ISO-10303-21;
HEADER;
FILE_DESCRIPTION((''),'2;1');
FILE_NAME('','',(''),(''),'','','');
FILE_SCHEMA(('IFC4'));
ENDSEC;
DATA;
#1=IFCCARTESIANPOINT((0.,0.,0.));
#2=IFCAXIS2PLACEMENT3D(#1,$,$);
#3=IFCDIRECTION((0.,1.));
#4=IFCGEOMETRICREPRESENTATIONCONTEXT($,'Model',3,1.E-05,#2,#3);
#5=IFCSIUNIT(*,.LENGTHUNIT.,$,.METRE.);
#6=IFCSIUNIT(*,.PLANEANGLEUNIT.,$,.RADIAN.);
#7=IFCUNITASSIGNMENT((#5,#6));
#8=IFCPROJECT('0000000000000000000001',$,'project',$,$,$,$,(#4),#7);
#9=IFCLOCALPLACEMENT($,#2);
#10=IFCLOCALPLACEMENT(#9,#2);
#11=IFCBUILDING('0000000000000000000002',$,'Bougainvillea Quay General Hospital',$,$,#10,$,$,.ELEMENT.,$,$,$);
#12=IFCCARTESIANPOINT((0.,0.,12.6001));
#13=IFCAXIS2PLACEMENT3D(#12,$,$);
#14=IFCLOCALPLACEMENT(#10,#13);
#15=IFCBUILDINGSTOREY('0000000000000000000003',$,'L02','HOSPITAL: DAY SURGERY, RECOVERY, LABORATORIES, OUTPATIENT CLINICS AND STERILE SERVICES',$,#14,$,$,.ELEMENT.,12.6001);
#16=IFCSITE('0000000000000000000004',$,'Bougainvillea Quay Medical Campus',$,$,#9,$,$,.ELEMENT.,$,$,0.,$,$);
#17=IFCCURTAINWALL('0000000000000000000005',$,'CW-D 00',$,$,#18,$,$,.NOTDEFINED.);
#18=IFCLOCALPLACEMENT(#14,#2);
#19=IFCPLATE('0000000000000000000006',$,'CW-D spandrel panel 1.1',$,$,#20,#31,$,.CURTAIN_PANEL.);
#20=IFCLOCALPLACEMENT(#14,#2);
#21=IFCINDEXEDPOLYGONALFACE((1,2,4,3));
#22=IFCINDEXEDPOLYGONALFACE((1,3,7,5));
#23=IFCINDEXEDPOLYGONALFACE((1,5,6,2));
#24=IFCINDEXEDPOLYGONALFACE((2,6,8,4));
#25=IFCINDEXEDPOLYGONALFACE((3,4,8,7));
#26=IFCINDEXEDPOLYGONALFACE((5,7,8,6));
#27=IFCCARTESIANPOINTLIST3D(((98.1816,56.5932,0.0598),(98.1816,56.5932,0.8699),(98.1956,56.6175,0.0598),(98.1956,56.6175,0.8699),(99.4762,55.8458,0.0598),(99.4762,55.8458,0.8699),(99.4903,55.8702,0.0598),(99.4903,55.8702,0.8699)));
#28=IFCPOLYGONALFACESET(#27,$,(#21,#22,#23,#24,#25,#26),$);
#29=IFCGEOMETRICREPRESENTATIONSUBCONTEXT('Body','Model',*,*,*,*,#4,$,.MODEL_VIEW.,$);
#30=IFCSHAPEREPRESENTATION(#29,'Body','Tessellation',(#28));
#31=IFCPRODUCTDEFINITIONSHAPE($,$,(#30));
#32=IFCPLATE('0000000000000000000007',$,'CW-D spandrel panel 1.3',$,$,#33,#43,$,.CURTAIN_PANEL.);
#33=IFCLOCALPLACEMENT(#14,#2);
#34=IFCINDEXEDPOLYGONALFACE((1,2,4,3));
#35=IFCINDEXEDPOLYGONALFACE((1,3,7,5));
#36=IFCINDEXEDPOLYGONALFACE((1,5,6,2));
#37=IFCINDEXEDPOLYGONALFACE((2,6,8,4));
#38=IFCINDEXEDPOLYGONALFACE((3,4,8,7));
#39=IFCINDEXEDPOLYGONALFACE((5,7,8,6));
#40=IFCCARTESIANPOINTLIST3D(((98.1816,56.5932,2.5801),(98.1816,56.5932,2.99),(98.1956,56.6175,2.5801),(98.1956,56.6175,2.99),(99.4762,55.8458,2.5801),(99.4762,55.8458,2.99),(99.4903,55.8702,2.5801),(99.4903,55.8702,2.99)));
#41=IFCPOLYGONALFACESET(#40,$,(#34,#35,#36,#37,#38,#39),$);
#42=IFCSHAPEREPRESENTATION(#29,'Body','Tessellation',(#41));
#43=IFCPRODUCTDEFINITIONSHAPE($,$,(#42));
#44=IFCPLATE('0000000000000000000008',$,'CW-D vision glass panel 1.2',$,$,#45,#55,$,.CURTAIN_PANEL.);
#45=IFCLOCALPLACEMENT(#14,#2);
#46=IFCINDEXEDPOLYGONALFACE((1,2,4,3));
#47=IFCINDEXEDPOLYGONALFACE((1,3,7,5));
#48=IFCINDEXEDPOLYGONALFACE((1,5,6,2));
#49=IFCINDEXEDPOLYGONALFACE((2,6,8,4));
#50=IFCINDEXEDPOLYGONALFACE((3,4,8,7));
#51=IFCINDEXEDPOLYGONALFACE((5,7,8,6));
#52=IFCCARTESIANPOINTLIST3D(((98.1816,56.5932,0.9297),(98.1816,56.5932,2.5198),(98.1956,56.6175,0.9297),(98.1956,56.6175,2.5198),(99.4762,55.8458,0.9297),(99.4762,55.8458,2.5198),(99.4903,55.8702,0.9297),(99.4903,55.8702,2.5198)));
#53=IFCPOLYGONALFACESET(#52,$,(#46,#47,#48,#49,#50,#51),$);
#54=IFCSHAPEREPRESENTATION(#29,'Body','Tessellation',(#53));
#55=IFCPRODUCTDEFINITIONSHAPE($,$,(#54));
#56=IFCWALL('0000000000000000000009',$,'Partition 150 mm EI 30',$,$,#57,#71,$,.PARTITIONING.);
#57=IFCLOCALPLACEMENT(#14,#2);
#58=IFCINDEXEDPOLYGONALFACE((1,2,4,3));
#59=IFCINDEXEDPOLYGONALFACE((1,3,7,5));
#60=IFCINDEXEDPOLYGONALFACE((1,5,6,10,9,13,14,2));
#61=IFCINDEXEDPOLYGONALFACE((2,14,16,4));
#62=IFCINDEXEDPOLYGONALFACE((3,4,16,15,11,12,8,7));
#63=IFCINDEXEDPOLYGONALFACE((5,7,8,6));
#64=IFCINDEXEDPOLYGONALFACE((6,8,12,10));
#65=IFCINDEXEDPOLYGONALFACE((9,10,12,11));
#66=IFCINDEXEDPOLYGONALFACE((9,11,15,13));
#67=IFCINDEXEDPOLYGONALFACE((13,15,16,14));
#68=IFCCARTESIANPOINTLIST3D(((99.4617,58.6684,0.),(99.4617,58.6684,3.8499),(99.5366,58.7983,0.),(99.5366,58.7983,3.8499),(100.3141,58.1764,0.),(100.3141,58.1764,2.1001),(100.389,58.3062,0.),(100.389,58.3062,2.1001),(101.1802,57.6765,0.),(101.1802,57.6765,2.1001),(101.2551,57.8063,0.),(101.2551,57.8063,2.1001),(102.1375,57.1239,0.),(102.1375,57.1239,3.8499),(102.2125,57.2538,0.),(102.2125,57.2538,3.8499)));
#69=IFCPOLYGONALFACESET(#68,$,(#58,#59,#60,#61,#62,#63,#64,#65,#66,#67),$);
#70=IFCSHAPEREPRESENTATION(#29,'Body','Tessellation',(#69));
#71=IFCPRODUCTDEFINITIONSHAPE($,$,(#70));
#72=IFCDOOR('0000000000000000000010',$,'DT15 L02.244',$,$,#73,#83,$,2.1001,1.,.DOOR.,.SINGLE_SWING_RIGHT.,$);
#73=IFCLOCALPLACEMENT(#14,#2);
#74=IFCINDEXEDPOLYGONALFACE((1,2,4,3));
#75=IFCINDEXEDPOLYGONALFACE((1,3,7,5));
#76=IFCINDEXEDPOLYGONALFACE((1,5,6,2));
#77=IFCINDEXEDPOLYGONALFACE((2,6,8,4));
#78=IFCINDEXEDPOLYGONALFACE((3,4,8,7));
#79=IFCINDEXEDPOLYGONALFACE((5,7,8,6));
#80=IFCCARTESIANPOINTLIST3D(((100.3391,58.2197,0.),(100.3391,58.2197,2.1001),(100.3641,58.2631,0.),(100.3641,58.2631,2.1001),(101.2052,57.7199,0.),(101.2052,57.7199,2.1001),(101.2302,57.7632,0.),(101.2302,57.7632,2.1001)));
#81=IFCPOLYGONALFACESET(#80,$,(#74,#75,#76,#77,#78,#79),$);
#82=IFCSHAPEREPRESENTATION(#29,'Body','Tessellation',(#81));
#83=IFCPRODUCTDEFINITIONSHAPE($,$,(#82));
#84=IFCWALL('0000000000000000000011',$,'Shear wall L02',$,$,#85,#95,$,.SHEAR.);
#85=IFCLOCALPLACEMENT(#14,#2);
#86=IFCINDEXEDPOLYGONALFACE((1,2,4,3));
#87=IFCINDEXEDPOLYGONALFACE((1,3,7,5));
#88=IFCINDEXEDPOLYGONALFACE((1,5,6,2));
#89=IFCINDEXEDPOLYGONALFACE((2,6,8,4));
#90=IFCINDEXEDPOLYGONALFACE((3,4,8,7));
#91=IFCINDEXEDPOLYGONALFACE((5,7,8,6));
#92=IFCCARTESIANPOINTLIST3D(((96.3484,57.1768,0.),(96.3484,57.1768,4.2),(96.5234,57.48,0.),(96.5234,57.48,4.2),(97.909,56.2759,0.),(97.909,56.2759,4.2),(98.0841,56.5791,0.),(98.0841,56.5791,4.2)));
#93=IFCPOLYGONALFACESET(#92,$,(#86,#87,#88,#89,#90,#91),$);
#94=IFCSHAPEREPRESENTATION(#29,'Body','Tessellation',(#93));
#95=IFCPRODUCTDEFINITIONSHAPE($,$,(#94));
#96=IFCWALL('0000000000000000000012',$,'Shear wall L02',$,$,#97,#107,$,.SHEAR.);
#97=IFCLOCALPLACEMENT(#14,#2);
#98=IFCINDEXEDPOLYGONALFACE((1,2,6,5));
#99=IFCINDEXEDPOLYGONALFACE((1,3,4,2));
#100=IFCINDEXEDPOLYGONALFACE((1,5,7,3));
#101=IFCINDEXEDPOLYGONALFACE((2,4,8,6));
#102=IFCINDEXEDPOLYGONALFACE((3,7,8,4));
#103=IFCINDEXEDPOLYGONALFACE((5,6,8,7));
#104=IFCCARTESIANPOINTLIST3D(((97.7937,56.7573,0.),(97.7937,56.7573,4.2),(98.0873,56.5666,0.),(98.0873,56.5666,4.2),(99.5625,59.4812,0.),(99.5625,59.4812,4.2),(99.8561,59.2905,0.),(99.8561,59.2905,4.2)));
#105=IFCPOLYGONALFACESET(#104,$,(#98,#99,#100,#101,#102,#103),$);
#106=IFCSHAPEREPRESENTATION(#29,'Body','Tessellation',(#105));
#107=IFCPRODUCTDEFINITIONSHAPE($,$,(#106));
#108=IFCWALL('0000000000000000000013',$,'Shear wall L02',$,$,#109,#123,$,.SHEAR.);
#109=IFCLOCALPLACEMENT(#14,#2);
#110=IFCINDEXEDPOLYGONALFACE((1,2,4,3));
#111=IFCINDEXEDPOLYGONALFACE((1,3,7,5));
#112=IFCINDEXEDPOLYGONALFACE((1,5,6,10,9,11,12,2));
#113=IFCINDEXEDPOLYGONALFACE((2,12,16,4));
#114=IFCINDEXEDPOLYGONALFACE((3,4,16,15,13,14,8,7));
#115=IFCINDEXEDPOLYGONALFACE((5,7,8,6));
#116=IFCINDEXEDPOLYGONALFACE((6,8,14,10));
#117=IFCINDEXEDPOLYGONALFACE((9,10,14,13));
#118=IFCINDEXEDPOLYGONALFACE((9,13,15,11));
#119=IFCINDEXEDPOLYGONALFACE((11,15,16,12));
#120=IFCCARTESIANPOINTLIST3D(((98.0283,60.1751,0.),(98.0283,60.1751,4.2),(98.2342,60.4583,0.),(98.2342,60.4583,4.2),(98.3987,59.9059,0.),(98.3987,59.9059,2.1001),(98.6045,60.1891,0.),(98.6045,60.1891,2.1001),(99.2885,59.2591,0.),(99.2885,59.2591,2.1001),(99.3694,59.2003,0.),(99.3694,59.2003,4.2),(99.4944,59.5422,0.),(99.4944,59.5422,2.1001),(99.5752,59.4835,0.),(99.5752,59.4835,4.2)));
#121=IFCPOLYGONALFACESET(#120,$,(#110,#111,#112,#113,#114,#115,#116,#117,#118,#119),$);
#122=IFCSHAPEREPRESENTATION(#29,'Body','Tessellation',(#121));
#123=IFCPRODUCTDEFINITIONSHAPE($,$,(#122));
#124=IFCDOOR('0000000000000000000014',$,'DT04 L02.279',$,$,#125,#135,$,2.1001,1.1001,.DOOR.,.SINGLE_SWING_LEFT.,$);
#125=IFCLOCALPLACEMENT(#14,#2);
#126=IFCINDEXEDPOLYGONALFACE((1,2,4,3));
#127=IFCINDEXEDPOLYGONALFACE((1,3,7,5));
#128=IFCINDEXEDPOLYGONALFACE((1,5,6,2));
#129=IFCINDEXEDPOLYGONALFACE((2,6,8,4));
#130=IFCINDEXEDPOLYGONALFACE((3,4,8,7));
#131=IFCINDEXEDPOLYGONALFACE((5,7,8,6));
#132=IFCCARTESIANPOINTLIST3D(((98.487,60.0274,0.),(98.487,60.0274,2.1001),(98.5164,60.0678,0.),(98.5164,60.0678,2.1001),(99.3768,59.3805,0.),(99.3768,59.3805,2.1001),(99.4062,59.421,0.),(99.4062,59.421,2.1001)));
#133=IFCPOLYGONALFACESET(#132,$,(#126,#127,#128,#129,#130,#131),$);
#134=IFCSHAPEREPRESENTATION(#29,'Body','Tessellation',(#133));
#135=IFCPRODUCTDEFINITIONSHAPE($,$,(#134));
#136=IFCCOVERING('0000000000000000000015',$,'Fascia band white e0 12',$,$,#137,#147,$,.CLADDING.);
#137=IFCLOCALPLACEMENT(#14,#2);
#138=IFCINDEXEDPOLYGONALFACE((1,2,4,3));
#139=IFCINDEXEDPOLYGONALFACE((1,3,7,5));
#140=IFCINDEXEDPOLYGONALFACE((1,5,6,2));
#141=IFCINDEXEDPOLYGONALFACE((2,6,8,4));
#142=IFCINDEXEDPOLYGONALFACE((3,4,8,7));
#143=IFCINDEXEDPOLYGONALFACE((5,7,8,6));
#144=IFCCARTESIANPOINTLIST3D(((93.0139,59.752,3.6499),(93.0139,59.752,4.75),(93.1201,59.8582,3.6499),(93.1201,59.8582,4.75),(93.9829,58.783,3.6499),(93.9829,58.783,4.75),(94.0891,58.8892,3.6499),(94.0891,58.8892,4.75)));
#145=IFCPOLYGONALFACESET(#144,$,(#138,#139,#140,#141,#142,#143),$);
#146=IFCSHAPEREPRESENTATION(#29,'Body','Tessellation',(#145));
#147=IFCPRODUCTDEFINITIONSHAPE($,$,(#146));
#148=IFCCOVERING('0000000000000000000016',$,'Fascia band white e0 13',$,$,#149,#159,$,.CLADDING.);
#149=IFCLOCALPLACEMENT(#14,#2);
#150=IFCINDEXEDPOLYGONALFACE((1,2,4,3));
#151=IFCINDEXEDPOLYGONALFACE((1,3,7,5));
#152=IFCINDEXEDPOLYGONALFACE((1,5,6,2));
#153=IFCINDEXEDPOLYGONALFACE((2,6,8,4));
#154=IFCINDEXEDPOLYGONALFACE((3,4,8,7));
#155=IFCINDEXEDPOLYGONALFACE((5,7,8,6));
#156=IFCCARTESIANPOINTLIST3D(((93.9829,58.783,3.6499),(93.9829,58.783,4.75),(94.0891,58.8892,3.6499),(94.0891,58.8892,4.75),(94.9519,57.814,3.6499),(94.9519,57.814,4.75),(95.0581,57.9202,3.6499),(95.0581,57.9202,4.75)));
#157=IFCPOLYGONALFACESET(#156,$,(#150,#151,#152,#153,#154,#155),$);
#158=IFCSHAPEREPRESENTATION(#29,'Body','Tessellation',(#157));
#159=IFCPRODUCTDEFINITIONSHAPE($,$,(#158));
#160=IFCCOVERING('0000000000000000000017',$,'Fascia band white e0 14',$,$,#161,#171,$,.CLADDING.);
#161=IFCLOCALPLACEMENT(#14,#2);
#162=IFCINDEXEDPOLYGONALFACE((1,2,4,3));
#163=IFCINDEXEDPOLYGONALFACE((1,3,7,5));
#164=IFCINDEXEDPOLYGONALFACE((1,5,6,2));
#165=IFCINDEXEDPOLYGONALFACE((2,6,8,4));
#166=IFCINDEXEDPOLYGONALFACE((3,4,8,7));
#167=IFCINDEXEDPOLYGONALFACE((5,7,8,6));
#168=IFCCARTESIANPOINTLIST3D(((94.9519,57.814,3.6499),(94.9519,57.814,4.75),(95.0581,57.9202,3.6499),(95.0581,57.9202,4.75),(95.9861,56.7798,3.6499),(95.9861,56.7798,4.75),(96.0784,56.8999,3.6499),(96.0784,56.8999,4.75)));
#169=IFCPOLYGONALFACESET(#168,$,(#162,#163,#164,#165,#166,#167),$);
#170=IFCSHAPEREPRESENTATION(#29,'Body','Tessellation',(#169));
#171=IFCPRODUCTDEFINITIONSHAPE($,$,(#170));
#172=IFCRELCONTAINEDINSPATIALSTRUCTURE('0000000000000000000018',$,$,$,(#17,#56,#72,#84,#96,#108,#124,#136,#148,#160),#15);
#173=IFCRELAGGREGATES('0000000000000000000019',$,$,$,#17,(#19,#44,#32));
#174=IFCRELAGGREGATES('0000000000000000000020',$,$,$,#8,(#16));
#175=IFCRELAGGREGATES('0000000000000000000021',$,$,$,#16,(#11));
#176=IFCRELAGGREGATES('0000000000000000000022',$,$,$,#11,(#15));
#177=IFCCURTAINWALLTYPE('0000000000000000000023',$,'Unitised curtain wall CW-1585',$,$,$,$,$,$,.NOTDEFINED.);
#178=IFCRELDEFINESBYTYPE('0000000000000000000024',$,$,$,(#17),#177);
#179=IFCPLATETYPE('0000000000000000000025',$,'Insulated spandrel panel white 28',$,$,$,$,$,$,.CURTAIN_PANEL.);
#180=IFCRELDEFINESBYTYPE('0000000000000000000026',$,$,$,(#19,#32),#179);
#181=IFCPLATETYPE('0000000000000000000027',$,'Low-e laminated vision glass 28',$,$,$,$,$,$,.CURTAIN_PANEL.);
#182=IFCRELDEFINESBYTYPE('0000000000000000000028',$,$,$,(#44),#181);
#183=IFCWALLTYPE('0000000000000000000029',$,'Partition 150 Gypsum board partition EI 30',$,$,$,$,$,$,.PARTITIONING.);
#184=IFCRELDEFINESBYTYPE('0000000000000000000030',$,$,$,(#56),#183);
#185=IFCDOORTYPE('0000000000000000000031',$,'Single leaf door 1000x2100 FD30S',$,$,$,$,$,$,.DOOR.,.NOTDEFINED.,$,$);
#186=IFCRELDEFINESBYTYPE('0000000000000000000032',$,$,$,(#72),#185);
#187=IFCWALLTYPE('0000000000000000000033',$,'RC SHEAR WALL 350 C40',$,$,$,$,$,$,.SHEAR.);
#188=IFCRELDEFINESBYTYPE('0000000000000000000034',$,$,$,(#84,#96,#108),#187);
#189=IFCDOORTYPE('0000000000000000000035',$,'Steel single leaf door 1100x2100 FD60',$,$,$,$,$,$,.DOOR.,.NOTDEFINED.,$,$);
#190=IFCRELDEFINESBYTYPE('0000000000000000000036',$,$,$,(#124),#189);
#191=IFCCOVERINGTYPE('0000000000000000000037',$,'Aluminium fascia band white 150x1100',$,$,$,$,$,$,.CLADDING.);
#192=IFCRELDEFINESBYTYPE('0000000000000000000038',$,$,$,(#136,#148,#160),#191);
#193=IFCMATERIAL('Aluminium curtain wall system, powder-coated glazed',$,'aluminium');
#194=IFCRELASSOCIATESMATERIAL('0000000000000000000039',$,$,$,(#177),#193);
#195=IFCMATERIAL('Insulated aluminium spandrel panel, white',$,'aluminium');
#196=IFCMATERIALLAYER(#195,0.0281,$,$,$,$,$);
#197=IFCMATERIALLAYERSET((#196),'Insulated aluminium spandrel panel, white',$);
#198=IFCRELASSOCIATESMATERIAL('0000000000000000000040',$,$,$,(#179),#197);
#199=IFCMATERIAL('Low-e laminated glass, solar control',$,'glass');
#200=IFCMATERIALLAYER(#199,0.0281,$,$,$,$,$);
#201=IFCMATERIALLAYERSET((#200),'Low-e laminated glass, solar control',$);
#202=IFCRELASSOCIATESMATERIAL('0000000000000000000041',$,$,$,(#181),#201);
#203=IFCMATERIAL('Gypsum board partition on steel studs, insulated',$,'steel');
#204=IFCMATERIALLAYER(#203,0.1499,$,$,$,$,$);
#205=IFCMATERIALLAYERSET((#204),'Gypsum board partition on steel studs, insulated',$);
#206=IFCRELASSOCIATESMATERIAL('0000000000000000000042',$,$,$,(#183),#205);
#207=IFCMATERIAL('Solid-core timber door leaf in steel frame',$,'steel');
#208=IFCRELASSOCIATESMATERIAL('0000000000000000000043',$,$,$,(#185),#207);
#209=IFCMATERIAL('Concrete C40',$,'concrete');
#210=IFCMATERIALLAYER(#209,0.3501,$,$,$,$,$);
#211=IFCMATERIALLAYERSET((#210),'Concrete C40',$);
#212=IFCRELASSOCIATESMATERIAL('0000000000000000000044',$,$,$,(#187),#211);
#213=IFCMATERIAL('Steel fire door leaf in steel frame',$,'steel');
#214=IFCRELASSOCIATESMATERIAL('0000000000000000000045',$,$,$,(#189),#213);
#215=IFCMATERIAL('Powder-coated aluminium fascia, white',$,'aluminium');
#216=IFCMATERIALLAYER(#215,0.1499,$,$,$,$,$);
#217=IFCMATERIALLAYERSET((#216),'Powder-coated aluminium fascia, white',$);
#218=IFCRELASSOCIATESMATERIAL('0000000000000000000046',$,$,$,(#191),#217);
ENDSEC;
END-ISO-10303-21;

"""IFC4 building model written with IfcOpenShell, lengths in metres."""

from ifc_helpers import new_model, si_unit, direction, frame, frame_2d, origin, origin_2d, place, context, subcontext, project, spatial, polyline, rectangle, outline, extrude, material, layer, layer_set, type_object, element, fill, aggregate, save


model = new_model("IFC4")

# Units and contexts
model_context = context("Model", 3, precision=1e-05, world=origin(), true_north=direction((0.0, 1.0)))
body_context = subcontext(model_context, "Body", "Model", "MODEL_VIEW")
ifc_project = project(units=[si_unit("LENGTHUNIT", "METRE"), si_unit("PLANEANGLEUNIT", "RADIAN")], contexts=[model_context])

# Site, building, storey
site_placement = place(None, origin())
site = spatial("IfcSite", under=ifc_project, at=site_placement, Name="Bougainvillea Quay Medical Campus", CompositionType="ELEMENT", RefElevation=0.0)
building_placement = place(site_placement, origin())
building = spatial("IfcBuilding", under=site, at=building_placement, Name="Bougainvillea Quay General Hospital", CompositionType="ELEMENT")
storey_placement = place(building_placement, frame((0.0, 0.0, 12.6001)))
storey = spatial("IfcBuildingStorey", under=building, at=storey_placement, Name="L02", Description="HOSPITAL: DAY SURGERY, RECOVERY, LABORATORIES, OUTPATIENT CLINICS AND STERILE SERVICES", CompositionType="ELEMENT", Elevation=12.6001)

# Shared definitions
ifc_material_1 = material(Name="Concrete C40", Category="concrete")

# Curtain wall
ifc_material_2 = material(Name="Aluminium curtain wall system, powder-coated glazed", Category="aluminium")
curtain_wall_type = type_object("IfcCurtainWallType", Name="Unitised curtain wall CW-1585", PredefinedType="NOTDEFINED", material=ifc_material_2)
curtain_wall_placement = place(storey_placement, origin())
curtain_wall = element("IfcCurtainWall", 1, at=curtain_wall_placement, inside=storey, type_object=curtain_wall_type, Name="CW-D 00", PredefinedType="NOTDEFINED")

# Plates
ifc_material_3 = material(Name="Insulated aluminium spandrel panel, white", Category="aluminium")
ifc_layer_1 = layer(ifc_material_3, 0.0281)
ifc_layer_set_1 = layer_set([ifc_layer_1], Name="Insulated aluminium spandrel panel, white")
plate_type_1 = type_object("IfcPlateType", Name="Insulated spandrel panel white 28", PredefinedType="CURTAIN_PANEL", material=ifc_layer_set_1)
plate_1_placement = place(storey_placement, frame((98.8359, 56.2317, 0.0598), z_axis=(0.0, 0.0, 1.0), x_axis=(0.866046, -0.499965, 0.0)))
plate_1 = element("IfcPlate", 2, at=plate_1_placement, type_object=plate_type_1, Name="CW-D spandrel panel 1.1", PredefinedType="CURTAIN_PANEL", context=body_context, shape_type="SweptSolid", body=[
    extrude(rectangle(XDim=1.4949, YDim=0.0281, at=origin_2d()), origin(), (0.0, 0.0, 1.0), 0.8101),
])
plate_2_placement = place(storey_placement, frame((98.8359, 56.2317, 2.5801), z_axis=(0.0, 0.0, 1.0), x_axis=(0.866046, -0.499965, 0.0)))
plate_2 = element("IfcPlate", 3, at=plate_2_placement, type_object=plate_type_1, Name="CW-D spandrel panel 1.3", PredefinedType="CURTAIN_PANEL", context=body_context, shape_type="SweptSolid", body=[
    extrude(rectangle(XDim=1.4949, YDim=0.0281, at=origin_2d()), origin(), (0.0, 0.0, 1.0), 0.4099),
])
ifc_material_4 = material(Name="Low-e laminated glass, solar control", Category="glass")
ifc_layer_2 = layer(ifc_material_4, 0.0281)
ifc_layer_set_2 = layer_set([ifc_layer_2], Name="Low-e laminated glass, solar control")
plate_type_2 = type_object("IfcPlateType", Name="Low-e laminated vision glass 28", PredefinedType="CURTAIN_PANEL", material=ifc_layer_set_2)
plate_3_placement = place(storey_placement, frame((98.8359, 56.2317, 0.9297), z_axis=(0.0, 0.0, 1.0), x_axis=(0.866046, -0.499965, 0.0)))
plate_3 = element("IfcPlate", 4, at=plate_3_placement, type_object=plate_type_2, Name="CW-D vision glass panel 1.2", PredefinedType="CURTAIN_PANEL", context=body_context, shape_type="SweptSolid", body=[
    extrude(rectangle(XDim=1.4949, YDim=0.0281, at=origin_2d()), origin(), (0.0, 0.0, 1.0), 1.5901),
])
aggregate(curtain_wall, [plate_1, plate_3, plate_2])

# Wall, opening, door
ifc_material_5 = material(Name="Gypsum board partition on steel studs, insulated", Category="steel")
ifc_layer_3 = layer(ifc_material_5, 0.1499)
ifc_layer_set_3 = layer_set([ifc_layer_3], Name="Gypsum board partition on steel studs, insulated")
wall_type_1 = type_object("IfcWallType", Name="Partition 150 Gypsum board partition EI 30", PredefinedType="PARTITIONING", material=ifc_layer_set_3)
wall_1_placement = place(storey_placement, frame((99.499, 58.7334, 0.0), z_axis=(0.0, 0.0, 1.0), x_axis=(0.866086, -0.499896, 0.0)))
wall_1 = element("IfcWall", 5, at=wall_1_placement, inside=storey, type_object=wall_type_1, Name="Partition 150 mm EI 30", PredefinedType="PARTITIONING", context=body_context, shape_type="SweptSolid", body=[
    extrude(rectangle(XDim=3.0896, YDim=0.1499, at=frame_2d((1.5449, 0.0))), origin(), (0.0, 0.0, 1.0), 3.8499),
])
opening_1_placement = place(wall_1_placement, frame((0.9844, 0.0, 0.0)))
opening_1 = element("IfcOpeningElement", 6, at=opening_1_placement, cuts=wall_1, PredefinedType="OPENING", context=body_context, shape_type="SweptSolid", body=[
    extrude(rectangle(XDim=1.0, YDim=2.1001, at=frame_2d((0.5, 1.05))), frame((0.0, 0.085, 0.0), z_axis=(0.0, -1.0, 0.0), x_axis=(1.0, 0.0, 0.0)), (0.0, 0.0, 1.0), 0.1699),
])
ifc_material_6 = material(Name="Solid-core timber door leaf in steel frame", Category="steel")
door_type_1 = type_object("IfcDoorType", Name="Single leaf door 1000x2100 FD30S", OperationType="NOTDEFINED", PredefinedType="DOOR", material=ifc_material_6)
door_1_placement = place(opening_1_placement, frame((1.0, 0.0, 0.0), z_axis=(0.0, 0.0, 1.0), x_axis=(-1.0, 0.0, 0.0)))
door_1 = element("IfcDoor", 7, at=door_1_placement, inside=storey, type_object=door_type_1, Name="DT15 L02.244", OperationType="SINGLE_SWING_RIGHT", OverallHeight=2.1001, OverallWidth=1.0, PredefinedType="DOOR", context=body_context, shape_type="SweptSolid", body=[
    extrude(rectangle(XDim=1.0, YDim=2.1001, at=frame_2d((0.5, 1.05))), frame((0.0, 0.0249, 0.0), z_axis=(0.0, -1.0, 0.0), x_axis=(1.0, 0.0, 0.0)), (0.0, 0.0, 1.0), 0.05),
])
fill(opening_1, door_1)

# Walls
ifc_layer_4 = layer(ifc_material_1, 0.3501)
ifc_layer_set_4 = layer_set([ifc_layer_4], Name="Concrete C40")
wall_type_2 = type_object("IfcWallType", Name="RC SHEAR WALL 350 C40", PredefinedType="SHEAR", material=ifc_layer_set_4)
wall_2_placement = place(storey_placement, frame((96.436, 57.3284, 0.0), z_axis=(0.0, 0.0, 1.0), x_axis=(0.86605, -0.499957, 0.0)))
element("IfcWall", 8, at=wall_2_placement, inside=storey, type_object=wall_type_2, Name="Shear wall L02", PredefinedType="SHEAR", context=body_context, shape_type="SweptSolid", body=[
    extrude(rectangle(XDim=1.802, YDim=0.3501, at=frame_2d((0.9009, 0.0))), origin(), (0.0, 0.0, 1.0), 4.2),
])
wall_3_placement = place(storey_placement, frame((97.9404, 56.6619, 0.0), z_axis=(0.0, 0.0, 1.0), x_axis=(0.544616, 0.838686, 0.0)))
element("IfcWall", 9, at=wall_3_placement, inside=storey, type_object=wall_type_2, Name="Shear wall L02", PredefinedType="SHEAR", context=body_context, shape_type="SweptSolid", body=[
    extrude(rectangle(XDim=3.2478, YDim=0.3501, at=frame_2d((1.624, 0.0))), origin(), (0.0, 0.0, 1.0), 4.2),
])

# Wall, opening, door
wall_4_placement = place(storey_placement, frame((99.4724, 59.3418, 0.0), z_axis=(0.0, 0.0, 1.0), x_axis=(-0.80887, 0.587988, 0.0)))
wall_4 = element("IfcWall", 10, at=wall_4_placement, inside=storey, type_object=wall_type_2, Name="Shear wall L02", PredefinedType="SHEAR", context=body_context, shape_type="SweptSolid", body=[
    extrude(rectangle(XDim=1.658, YDim=0.3501, at=frame_2d((0.8291, 0.0))), origin(), (0.0, 0.0, 1.0), 4.2),
])
opening_2_placement = place(wall_4_placement, frame((0.1001, 0.0, 0.0)))
opening_2 = element("IfcOpeningElement", 11, at=opening_2_placement, cuts=wall_4, PredefinedType="OPENING", context=body_context, shape_type="SweptSolid", body=[
    extrude(rectangle(XDim=1.1001, YDim=2.1001, at=frame_2d((0.55, 1.05))), frame((0.0, 0.1851, 0.0), z_axis=(0.0, -1.0, 0.0), x_axis=(1.0, 0.0, 0.0)), (0.0, 0.0, 1.0), 0.3701),
])
ifc_material_7 = material(Name="Steel fire door leaf in steel frame", Category="steel")
door_type_2 = type_object("IfcDoorType", Name="Steel single leaf door 1100x2100 FD60", OperationType="NOTDEFINED", PredefinedType="DOOR", material=ifc_material_7)
door_2_placement = place(opening_2_placement, origin())
door_2 = element("IfcDoor", 12, at=door_2_placement, inside=storey, type_object=door_type_2, Name="DT04 L02.279", OperationType="SINGLE_SWING_LEFT", OverallHeight=2.1001, OverallWidth=1.1001, PredefinedType="DOOR", context=body_context, shape_type="SweptSolid", body=[
    extrude(rectangle(XDim=1.1001, YDim=2.1001, at=frame_2d((0.55, 1.05))), frame((0.0, 0.0249, 0.0), z_axis=(0.0, -1.0, 0.0), x_axis=(1.0, 0.0, 0.0)), (0.0, 0.0, 1.0), 0.05),
])
fill(opening_2, door_2)

# Coverings
ifc_material_8 = material(Name="Powder-coated aluminium fascia, white", Category="aluminium")
ifc_layer_5 = layer(ifc_material_8, 0.1499)
ifc_layer_set_5 = layer_set([ifc_layer_5], Name="Powder-coated aluminium fascia, white")
covering_type = type_object("IfcCoveringType", Name="Aluminium fascia band white 150x1100", PredefinedType="CLADDING", material=ifc_layer_set_5)
for number, where, z_axis, x_axis, name in (
    (13, (93.1201, 59.8582, 3.6499), (0.0, 0.0, 1.0), (0.707107, -0.707107, 0.0), "Fascia band white e0 12"),
    (14, (94.0891, 58.8892, 3.6499), (0.0, 0.0, 1.0), (0.707107, -0.707107, 0.0), "Fascia band white e0 13"),
):
    element("IfcCovering", number, at=place(storey_placement, frame(where, z_axis=z_axis, x_axis=x_axis)), inside=storey, type_object=covering_type, Name=name, PredefinedType="CLADDING", context=body_context, shape_type="SweptSolid", body=[
        extrude(outline(polyline([(0.0, 0.0), (1.3704, 0.0), (1.3704, -0.1502), (0.0, -0.1502), (0.0, 0.0)])), origin(), (0.0, 0.0, 1.0), 1.1001),
    ])
covering_1_placement = place(storey_placement, frame((95.0581, 57.9202, 3.6499), z_axis=(0.0, 0.0, 1.0), x_axis=(0.707107, -0.707107, 0.0)))
element("IfcCovering", 15, at=covering_1_placement, inside=storey, type_object=covering_type, Name="Fascia band white e0 14", PredefinedType="CLADDING", context=body_context, shape_type="SweptSolid", body=[
    extrude(outline(polyline([(0.0, 0.0), (1.4429, 0.0), (1.4626, -0.1502), (0.0, -0.1502), (0.0, 0.0)])), origin(), (0.0, 0.0, 1.0), 1.1001),
])

save(model, "model.ifc")
